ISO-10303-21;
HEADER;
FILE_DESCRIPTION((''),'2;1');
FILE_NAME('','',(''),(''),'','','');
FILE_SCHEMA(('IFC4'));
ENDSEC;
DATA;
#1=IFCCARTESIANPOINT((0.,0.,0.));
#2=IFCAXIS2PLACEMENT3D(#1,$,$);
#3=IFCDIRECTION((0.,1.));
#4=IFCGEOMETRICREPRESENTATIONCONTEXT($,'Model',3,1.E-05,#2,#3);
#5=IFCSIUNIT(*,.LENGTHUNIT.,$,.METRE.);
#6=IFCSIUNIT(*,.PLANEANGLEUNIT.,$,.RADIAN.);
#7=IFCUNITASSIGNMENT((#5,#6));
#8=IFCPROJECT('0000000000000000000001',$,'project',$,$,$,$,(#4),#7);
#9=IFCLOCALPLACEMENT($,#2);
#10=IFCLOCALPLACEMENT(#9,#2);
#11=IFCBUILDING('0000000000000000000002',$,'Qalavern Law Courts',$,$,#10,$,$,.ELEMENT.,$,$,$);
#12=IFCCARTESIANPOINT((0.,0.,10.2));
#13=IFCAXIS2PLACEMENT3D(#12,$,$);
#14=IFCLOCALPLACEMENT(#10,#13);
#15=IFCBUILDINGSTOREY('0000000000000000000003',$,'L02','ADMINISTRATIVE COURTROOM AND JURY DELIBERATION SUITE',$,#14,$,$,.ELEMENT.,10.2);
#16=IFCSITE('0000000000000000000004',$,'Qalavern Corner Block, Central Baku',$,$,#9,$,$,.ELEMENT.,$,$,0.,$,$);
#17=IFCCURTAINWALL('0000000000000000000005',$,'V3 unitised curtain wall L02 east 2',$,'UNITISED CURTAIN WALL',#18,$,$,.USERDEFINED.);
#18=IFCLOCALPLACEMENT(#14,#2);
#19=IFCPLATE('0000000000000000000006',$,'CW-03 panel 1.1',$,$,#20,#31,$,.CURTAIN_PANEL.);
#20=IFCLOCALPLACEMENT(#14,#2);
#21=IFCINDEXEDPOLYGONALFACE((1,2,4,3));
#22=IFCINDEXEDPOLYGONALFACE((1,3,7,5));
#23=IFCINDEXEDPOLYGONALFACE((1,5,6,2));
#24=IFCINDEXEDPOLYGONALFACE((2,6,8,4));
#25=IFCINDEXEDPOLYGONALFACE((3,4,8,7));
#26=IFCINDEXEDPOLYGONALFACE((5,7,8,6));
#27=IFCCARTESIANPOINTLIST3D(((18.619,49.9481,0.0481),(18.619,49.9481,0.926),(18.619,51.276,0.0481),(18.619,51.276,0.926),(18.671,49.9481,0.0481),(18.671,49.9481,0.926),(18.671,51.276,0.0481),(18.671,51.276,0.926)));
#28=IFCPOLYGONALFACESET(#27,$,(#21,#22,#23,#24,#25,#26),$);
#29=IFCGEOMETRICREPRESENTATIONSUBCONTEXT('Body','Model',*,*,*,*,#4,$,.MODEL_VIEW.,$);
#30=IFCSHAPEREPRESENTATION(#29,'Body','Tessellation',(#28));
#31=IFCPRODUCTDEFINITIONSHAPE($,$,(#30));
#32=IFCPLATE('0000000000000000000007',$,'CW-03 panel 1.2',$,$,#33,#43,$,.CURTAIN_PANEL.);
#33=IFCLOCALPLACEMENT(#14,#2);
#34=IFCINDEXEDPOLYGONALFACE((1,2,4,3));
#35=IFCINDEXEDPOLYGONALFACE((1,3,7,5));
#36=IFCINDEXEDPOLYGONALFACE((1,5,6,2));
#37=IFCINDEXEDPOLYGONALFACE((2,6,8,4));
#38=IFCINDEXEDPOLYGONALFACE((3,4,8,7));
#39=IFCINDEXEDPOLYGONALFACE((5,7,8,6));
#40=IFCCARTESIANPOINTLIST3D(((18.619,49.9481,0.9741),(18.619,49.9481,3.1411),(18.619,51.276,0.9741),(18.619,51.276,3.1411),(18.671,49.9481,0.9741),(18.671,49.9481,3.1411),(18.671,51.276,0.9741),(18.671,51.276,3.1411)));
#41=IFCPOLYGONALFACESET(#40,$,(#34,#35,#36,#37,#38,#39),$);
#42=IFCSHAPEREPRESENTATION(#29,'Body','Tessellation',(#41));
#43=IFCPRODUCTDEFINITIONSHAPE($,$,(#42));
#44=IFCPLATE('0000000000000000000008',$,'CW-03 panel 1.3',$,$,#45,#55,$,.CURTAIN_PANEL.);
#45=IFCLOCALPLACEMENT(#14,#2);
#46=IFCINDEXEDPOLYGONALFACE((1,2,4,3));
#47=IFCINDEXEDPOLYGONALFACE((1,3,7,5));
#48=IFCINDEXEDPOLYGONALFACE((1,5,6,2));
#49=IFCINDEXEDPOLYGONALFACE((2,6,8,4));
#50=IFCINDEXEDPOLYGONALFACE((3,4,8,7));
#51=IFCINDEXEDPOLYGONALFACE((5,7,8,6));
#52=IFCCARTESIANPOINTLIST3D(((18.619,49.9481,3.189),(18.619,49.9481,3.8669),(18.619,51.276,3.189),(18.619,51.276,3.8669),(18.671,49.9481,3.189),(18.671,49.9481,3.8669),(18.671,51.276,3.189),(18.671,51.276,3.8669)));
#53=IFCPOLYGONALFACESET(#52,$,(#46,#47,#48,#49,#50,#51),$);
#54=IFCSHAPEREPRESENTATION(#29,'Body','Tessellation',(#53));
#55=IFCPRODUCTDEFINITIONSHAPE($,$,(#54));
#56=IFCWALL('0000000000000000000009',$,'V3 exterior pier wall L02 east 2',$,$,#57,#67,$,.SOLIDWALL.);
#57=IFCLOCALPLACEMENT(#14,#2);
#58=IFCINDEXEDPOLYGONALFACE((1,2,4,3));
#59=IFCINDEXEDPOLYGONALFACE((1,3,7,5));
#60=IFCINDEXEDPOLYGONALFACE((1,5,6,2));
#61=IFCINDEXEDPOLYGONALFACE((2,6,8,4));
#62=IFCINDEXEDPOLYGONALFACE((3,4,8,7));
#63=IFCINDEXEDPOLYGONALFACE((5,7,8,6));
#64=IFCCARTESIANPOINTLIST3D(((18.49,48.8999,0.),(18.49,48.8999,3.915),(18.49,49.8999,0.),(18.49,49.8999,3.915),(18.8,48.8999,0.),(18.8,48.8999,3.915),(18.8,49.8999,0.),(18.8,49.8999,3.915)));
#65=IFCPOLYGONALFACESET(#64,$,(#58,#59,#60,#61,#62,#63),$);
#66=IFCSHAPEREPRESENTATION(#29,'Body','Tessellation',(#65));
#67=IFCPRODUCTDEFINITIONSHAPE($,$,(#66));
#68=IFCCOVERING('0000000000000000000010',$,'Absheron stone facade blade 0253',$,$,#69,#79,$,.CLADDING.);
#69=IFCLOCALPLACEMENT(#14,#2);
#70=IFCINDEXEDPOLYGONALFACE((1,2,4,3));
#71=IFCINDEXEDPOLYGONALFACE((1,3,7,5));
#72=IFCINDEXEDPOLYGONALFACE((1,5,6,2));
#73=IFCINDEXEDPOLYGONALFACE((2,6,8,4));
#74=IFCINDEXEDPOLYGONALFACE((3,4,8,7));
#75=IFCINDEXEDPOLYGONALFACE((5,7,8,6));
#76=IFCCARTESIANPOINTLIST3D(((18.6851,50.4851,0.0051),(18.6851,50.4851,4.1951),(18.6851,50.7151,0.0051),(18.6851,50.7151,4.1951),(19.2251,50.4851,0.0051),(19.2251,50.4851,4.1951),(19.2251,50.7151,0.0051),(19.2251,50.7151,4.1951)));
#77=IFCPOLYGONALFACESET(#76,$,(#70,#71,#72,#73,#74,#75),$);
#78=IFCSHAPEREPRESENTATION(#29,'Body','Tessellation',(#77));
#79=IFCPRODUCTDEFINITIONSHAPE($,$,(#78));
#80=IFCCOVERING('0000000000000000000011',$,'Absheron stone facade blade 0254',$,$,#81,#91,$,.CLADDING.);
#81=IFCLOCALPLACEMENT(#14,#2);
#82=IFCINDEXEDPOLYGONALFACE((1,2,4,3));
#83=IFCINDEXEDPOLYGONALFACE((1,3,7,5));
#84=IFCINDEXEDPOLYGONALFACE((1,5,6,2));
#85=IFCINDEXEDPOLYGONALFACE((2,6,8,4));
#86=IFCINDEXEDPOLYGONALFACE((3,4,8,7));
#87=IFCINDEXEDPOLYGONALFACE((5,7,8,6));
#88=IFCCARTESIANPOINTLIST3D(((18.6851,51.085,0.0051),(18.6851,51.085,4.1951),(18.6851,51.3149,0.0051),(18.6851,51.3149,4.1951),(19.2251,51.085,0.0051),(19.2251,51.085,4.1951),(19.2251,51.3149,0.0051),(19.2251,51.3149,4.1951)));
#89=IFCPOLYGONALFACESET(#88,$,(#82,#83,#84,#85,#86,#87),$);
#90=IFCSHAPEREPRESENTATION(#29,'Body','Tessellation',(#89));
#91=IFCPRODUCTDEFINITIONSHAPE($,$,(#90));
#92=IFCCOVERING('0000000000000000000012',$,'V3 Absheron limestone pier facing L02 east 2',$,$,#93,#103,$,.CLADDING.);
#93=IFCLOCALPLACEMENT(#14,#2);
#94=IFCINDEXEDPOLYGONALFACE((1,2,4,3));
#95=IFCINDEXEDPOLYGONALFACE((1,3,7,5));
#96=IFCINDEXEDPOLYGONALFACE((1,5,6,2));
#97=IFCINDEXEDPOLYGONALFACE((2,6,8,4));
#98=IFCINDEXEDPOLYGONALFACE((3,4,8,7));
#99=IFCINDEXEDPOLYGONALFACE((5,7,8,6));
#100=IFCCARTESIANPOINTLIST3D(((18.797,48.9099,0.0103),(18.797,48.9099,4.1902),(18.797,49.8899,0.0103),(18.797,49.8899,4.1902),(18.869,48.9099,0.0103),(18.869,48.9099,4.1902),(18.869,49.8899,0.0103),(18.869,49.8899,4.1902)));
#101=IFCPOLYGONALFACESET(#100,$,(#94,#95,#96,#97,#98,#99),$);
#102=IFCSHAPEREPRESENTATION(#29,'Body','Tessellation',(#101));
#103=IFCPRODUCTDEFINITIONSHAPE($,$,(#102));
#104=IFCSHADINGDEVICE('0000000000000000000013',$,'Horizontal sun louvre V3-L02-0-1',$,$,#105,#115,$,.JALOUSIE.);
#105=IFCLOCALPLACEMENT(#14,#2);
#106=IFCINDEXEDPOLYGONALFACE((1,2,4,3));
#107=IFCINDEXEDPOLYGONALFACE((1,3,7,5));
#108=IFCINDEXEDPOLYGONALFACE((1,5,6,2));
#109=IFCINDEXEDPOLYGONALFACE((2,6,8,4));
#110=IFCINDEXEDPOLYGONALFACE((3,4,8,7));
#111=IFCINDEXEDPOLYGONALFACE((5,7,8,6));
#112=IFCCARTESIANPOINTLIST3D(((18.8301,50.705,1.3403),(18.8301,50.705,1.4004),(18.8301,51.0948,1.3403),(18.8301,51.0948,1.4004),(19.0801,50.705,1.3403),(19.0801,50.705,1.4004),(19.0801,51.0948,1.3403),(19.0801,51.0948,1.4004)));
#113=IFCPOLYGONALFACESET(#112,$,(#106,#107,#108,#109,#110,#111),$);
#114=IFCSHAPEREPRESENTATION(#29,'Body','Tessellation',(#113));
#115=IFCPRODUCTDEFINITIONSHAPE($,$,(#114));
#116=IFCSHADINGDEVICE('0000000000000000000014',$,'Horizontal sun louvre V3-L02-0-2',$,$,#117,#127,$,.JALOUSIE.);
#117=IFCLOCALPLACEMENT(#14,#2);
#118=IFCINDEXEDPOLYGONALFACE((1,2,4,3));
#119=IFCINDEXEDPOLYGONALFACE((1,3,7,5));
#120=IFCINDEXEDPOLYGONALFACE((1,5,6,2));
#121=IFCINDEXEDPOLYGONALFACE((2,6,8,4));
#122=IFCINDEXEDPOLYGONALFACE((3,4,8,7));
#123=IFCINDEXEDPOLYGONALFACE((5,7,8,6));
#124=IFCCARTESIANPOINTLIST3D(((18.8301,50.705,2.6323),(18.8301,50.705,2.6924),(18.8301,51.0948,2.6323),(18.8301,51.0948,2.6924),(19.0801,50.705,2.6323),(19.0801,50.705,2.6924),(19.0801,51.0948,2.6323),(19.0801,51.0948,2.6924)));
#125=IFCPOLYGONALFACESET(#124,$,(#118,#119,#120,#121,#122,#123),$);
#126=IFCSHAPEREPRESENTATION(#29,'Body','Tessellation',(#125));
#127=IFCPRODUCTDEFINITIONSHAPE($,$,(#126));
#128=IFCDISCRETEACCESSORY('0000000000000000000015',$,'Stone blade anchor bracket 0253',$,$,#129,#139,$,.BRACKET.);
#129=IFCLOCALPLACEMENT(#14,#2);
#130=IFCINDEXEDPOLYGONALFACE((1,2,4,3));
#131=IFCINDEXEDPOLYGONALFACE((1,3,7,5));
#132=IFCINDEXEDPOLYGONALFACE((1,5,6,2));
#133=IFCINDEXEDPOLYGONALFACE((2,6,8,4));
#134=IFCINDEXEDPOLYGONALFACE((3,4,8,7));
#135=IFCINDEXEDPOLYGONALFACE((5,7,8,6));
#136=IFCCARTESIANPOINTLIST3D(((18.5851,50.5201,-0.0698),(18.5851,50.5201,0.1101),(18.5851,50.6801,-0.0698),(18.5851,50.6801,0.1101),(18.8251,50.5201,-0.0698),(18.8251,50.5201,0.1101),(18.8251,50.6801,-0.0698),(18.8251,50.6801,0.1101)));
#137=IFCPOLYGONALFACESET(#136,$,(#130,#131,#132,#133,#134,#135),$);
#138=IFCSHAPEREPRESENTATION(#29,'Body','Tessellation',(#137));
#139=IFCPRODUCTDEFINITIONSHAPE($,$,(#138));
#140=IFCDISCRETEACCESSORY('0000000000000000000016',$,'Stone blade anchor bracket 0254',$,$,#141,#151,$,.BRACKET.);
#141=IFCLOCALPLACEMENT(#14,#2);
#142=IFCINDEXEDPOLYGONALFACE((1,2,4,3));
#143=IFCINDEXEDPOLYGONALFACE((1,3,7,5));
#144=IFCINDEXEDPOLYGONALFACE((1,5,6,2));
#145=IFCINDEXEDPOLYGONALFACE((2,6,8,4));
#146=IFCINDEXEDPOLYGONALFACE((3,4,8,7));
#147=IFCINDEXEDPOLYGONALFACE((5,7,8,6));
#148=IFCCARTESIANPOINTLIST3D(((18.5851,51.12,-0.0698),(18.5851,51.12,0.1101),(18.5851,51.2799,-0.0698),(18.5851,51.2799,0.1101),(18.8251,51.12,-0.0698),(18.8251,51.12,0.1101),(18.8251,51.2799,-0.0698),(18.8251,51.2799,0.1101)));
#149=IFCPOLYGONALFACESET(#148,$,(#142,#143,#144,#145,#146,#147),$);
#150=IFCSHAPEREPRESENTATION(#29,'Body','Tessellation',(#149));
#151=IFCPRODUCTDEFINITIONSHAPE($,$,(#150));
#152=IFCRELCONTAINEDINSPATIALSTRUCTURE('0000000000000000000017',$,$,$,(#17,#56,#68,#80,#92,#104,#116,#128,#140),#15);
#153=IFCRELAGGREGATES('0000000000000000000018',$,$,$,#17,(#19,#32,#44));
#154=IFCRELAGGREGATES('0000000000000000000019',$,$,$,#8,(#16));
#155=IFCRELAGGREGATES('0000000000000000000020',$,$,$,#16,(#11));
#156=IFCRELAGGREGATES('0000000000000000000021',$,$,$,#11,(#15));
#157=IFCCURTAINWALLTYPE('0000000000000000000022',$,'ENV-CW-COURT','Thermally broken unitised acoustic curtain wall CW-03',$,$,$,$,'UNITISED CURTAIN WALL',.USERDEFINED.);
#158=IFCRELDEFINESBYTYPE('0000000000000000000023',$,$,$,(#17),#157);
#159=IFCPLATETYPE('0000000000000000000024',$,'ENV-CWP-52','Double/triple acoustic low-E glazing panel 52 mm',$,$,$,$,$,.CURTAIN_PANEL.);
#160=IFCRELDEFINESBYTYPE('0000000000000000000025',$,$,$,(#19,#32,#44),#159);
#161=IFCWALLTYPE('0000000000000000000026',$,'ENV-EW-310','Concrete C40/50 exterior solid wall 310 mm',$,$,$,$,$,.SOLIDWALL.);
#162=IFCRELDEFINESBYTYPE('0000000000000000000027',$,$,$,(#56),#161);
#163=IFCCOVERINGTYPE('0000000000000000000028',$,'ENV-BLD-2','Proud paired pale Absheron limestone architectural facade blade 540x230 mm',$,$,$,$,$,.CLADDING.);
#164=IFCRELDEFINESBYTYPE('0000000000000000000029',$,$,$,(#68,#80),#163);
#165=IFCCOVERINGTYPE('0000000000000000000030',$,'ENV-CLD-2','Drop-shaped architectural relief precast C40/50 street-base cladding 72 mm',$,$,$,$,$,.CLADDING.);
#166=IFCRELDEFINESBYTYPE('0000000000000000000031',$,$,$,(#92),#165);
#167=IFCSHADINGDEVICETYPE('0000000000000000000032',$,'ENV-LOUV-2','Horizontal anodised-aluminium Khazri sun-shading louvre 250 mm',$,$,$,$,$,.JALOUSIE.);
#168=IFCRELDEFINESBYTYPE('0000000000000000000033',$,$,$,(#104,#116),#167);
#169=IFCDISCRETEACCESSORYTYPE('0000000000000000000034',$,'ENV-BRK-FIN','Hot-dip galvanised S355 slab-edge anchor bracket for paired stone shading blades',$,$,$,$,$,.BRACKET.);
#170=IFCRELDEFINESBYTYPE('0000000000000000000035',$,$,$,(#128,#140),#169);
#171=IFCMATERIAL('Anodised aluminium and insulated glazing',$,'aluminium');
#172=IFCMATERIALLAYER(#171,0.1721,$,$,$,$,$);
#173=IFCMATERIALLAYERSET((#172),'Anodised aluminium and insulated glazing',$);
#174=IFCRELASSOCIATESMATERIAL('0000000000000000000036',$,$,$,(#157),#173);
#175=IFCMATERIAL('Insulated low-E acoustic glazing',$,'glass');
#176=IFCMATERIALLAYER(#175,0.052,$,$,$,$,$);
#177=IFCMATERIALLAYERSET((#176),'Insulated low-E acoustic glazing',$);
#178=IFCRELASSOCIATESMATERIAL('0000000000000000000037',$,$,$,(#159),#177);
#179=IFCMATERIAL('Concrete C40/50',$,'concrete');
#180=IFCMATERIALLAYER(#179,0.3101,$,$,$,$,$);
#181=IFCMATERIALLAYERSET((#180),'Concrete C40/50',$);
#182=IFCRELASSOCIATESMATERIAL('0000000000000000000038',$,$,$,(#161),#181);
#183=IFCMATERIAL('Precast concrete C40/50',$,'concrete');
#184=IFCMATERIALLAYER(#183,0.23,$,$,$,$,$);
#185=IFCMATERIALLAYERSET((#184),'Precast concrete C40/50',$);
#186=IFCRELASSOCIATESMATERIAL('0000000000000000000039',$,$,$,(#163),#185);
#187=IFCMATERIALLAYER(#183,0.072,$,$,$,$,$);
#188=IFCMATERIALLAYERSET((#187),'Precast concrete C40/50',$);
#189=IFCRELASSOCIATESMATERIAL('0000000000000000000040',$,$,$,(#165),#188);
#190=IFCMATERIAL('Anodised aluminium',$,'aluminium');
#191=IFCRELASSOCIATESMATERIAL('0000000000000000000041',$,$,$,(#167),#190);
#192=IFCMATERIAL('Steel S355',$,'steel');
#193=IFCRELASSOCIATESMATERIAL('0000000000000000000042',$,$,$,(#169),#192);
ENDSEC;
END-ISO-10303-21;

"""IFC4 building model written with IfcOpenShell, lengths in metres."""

from ifc_helpers import new_model, si_unit, direction, frame, frame_2d, origin, origin_2d, place, context, subcontext, project, spatial, rectangle, extrude, material, layer, layer_set, type_object, element, aggregate, save


model = new_model("IFC4")

# Units and contexts
model_context = context("Model", 3, precision=1e-05, world=origin(), true_north=direction((0.0, 1.0)))
body_context = subcontext(model_context, "Body", "Model", "MODEL_VIEW")
ifc_project = project(units=[si_unit("LENGTHUNIT", "METRE"), si_unit("PLANEANGLEUNIT", "RADIAN")], contexts=[model_context])

# Site, building, storey
site_placement = place(None, origin())
site = spatial("IfcSite", under=ifc_project, at=site_placement, Name="Qalavern Corner Block, Central Baku", CompositionType="ELEMENT", RefElevation=0.0)
building_placement = place(site_placement, origin())
building = spatial("IfcBuilding", under=site, at=building_placement, Name="Qalavern Law Courts", CompositionType="ELEMENT")
storey_placement = place(building_placement, frame((0.0, 0.0, 10.2)))
storey = spatial("IfcBuildingStorey", under=building, at=storey_placement, Name="L02", Description="ADMINISTRATIVE COURTROOM AND JURY DELIBERATION SUITE", CompositionType="ELEMENT", Elevation=10.2)

# Shared definitions
ifc_material_1 = material(Name="Anodised aluminium and insulated glazing", Category="aluminium")
ifc_layer_1 = layer(ifc_material_1, 0.1721)
ifc_layer_set_1 = layer_set([ifc_layer_1], Name="Anodised aluminium and insulated glazing")
curtain_wall_type = type_object("IfcCurtainWallType", Name="ENV-CW-COURT", Description="Thermally broken unitised acoustic curtain wall CW-03", ElementType="UNITISED CURTAIN WALL", PredefinedType="USERDEFINED", material=ifc_layer_set_1)
ifc_material_2 = material(Name="Anodised aluminium", Category="aluminium")

# Curtain wall
curtain_wall_1_placement = place(storey_placement, origin())
curtain_wall_1 = element("IfcCurtainWall", 1, at=curtain_wall_1_placement, inside=storey, type_object=curtain_wall_type, Name="V3 unitised curtain wall L02 east 2", ObjectType="UNITISED CURTAIN WALL", PredefinedType="USERDEFINED")

# Plates
ifc_material_3 = material(Name="Insulated low-E acoustic glazing", Category="glass")
ifc_layer_2 = layer(ifc_material_3, 0.052)
ifc_layer_set_2 = layer_set([ifc_layer_2], Name="Insulated low-E acoustic glazing")
plate_type_1 = type_object("IfcPlateType", Name="ENV-CWP-52", Description="Double/triple acoustic low-E glazing panel 52 mm", PredefinedType="CURTAIN_PANEL", material=ifc_layer_set_2)
plate_1_placement = place(storey_placement, frame((18.645, 50.6121, 0.0481), z_axis=(0.0, 0.0, 1.0), x_axis=(0.0, 1.0, 0.0)))
plate_1 = element("IfcPlate", 2, at=plate_1_placement, type_object=plate_type_1, Name="CW-03 panel 1.1", PredefinedType="CURTAIN_PANEL", context=body_context, shape_type="SweptSolid", body=[
    extrude(rectangle(XDim=1.3279, YDim=0.052, at=origin_2d()), origin(), (0.0, 0.0, 1.0), 0.8779),
])
plate_2_placement = place(storey_placement, frame((18.645, 50.6121, 0.9741), z_axis=(0.0, 0.0, 1.0), x_axis=(0.0, 1.0, 0.0)))
plate_2 = element("IfcPlate", 3, at=plate_2_placement, type_object=plate_type_1, Name="CW-03 panel 1.2", PredefinedType="CURTAIN_PANEL", context=body_context, shape_type="SweptSolid", body=[
    extrude(rectangle(XDim=1.3279, YDim=0.052, at=origin_2d()), origin(), (0.0, 0.0, 1.0), 2.167),
])
plate_3_placement = place(storey_placement, frame((18.645, 50.6121, 3.189), z_axis=(0.0, 0.0, 1.0), x_axis=(0.0, 1.0, 0.0)))
plate_3 = element("IfcPlate", 4, at=plate_3_placement, type_object=plate_type_1, Name="CW-03 panel 1.3", PredefinedType="CURTAIN_PANEL", context=body_context, shape_type="SweptSolid", body=[
    extrude(rectangle(XDim=1.3279, YDim=0.052, at=origin_2d()), origin(), (0.0, 0.0, 1.0), 0.678),
])
aggregate(curtain_wall_1, [plate_1, plate_2, plate_3])

# Wall
ifc_material_4 = material(Name="Concrete C40/50", Category="concrete")
ifc_layer_3 = layer(ifc_material_4, 0.3101)
ifc_layer_set_3 = layer_set([ifc_layer_3], Name="Concrete C40/50")
wall_type = type_object("IfcWallType", Name="ENV-EW-310", Description="Concrete C40/50 exterior solid wall 310 mm", PredefinedType="SOLIDWALL", material=ifc_layer_set_3)
wall_placement = place(storey_placement, frame((18.645, 48.8999, 0.0), z_axis=(0.0, 0.0, 1.0), x_axis=(0.0, 1.0, 0.0)))
element("IfcWall", 5, at=wall_placement, inside=storey, type_object=wall_type, Name="V3 exterior pier wall L02 east 2", PredefinedType="SOLIDWALL", context=body_context, shape_type="SweptSolid", body=[
    extrude(rectangle(XDim=1.0, YDim=0.3101, at=frame_2d((0.5, 0.0))), origin(), (0.0, 0.0, 1.0), 3.915),
])

# Coverings
ifc_material_5 = material(Name="Precast concrete C40/50", Category="concrete")
ifc_layer_4 = layer(ifc_material_5, 0.23)
ifc_layer_set_4 = layer_set([ifc_layer_4], Name="Precast concrete C40/50")
covering_type_1 = type_object("IfcCoveringType", Name="ENV-BLD-2", Description="Proud paired pale Absheron limestone architectural facade blade 540x230 mm", PredefinedType="CLADDING", material=ifc_layer_set_4)
for number, where, z_axis, x_axis, name in (
    (6, (18.9551, 50.6001, 0.0051), (0.0, 0.0, 1.0), (1.0, 0.0, 0.0), "Absheron stone facade blade 0253"),
    (7, (18.9551, 51.2, 0.0051), (0.0, 0.0, 1.0), (1.0, 0.0, 0.0), "Absheron stone facade blade 0254"),
):
    element("IfcCovering", number, at=place(storey_placement, frame(where, z_axis=z_axis, x_axis=x_axis)), inside=storey, type_object=covering_type_1, Name=name, PredefinedType="CLADDING", context=body_context, shape_type="SweptSolid", body=[
        extrude(rectangle(XDim=0.54, YDim=0.23, at=origin_2d()), origin(), (0.0, 0.0, 1.0), 4.1899),
    ])
ifc_layer_5 = layer(ifc_material_5, 0.072)
ifc_layer_set_5 = layer_set([ifc_layer_5], Name="Precast concrete C40/50")
covering_type_2 = type_object("IfcCoveringType", Name="ENV-CLD-2", Description="Drop-shaped architectural relief precast C40/50 street-base cladding 72 mm", PredefinedType="CLADDING", material=ifc_layer_set_5)
covering_placement = place(storey_placement, frame((18.833, 49.3999, 0.0103), z_axis=(0.0, 0.0, 1.0), x_axis=(0.0, 1.0, 0.0)))
element("IfcCovering", 8, at=covering_placement, inside=storey, type_object=covering_type_2, Name="V3 Absheron limestone pier facing L02 east 2", PredefinedType="CLADDING", context=body_context, shape_type="SweptSolid", body=[
    extrude(rectangle(XDim=0.98, YDim=0.072, at=origin_2d()), origin(), (0.0, 0.0, 1.0), 4.1799),
])

# Shading devices
shading_device_type = type_object("IfcShadingDeviceType", Name="ENV-LOUV-2", Description="Horizontal anodised-aluminium Khazri sun-shading louvre 250 mm", PredefinedType="JALOUSIE", material=ifc_material_2)
for number, where, z_axis, x_axis, name in (
    (9, (18.9551, 50.8999, 1.3403), (0.0, 0.0, 1.0), (0.0, 1.0, 0.0), "Horizontal sun louvre V3-L02-0-1"),
    (10, (18.9551, 50.8999, 2.6323), (0.0, 0.0, 1.0), (0.0, 1.0, 0.0), "Horizontal sun louvre V3-L02-0-2"),
):
    element("IfcShadingDevice", number, at=place(storey_placement, frame(where, z_axis=z_axis, x_axis=x_axis)), inside=storey, type_object=shading_device_type, Name=name, PredefinedType="JALOUSIE", context=body_context, shape_type="SweptSolid", body=[
        extrude(rectangle(XDim=0.3899, YDim=0.25, at=origin_2d()), origin(), (0.0, 0.0, 1.0), 0.0601),
    ])

# Discrete accessories
ifc_material_6 = material(Name="Steel S355", Category="steel")
discrete_accessory_type = type_object("IfcDiscreteAccessoryType", Name="ENV-BRK-FIN", Description="Hot-dip galvanised S355 slab-edge anchor bracket for paired stone shading blades", PredefinedType="BRACKET", material=ifc_material_6)
for number, where, z_axis, x_axis, name in (
    (11, (18.7051, 50.6001, -0.0698), (0.0, 0.0, 1.0), (1.0, 0.0, 0.0), "Stone blade anchor bracket 0253"),
    (12, (18.7051, 51.2, -0.0698), (0.0, 0.0, 1.0), (1.0, 0.0, 0.0), "Stone blade anchor bracket 0254"),
):
    element("IfcDiscreteAccessory", number, at=place(storey_placement, frame(where, z_axis=z_axis, x_axis=x_axis)), inside=storey, type_object=discrete_accessory_type, Name=name, PredefinedType="BRACKET", context=body_context, shape_type="SweptSolid", body=[
        extrude(rectangle(XDim=0.24, YDim=0.1599, at=origin_2d()), origin(), (0.0, 0.0, 1.0), 0.1799),
    ])

save(model, "model.ifc")
